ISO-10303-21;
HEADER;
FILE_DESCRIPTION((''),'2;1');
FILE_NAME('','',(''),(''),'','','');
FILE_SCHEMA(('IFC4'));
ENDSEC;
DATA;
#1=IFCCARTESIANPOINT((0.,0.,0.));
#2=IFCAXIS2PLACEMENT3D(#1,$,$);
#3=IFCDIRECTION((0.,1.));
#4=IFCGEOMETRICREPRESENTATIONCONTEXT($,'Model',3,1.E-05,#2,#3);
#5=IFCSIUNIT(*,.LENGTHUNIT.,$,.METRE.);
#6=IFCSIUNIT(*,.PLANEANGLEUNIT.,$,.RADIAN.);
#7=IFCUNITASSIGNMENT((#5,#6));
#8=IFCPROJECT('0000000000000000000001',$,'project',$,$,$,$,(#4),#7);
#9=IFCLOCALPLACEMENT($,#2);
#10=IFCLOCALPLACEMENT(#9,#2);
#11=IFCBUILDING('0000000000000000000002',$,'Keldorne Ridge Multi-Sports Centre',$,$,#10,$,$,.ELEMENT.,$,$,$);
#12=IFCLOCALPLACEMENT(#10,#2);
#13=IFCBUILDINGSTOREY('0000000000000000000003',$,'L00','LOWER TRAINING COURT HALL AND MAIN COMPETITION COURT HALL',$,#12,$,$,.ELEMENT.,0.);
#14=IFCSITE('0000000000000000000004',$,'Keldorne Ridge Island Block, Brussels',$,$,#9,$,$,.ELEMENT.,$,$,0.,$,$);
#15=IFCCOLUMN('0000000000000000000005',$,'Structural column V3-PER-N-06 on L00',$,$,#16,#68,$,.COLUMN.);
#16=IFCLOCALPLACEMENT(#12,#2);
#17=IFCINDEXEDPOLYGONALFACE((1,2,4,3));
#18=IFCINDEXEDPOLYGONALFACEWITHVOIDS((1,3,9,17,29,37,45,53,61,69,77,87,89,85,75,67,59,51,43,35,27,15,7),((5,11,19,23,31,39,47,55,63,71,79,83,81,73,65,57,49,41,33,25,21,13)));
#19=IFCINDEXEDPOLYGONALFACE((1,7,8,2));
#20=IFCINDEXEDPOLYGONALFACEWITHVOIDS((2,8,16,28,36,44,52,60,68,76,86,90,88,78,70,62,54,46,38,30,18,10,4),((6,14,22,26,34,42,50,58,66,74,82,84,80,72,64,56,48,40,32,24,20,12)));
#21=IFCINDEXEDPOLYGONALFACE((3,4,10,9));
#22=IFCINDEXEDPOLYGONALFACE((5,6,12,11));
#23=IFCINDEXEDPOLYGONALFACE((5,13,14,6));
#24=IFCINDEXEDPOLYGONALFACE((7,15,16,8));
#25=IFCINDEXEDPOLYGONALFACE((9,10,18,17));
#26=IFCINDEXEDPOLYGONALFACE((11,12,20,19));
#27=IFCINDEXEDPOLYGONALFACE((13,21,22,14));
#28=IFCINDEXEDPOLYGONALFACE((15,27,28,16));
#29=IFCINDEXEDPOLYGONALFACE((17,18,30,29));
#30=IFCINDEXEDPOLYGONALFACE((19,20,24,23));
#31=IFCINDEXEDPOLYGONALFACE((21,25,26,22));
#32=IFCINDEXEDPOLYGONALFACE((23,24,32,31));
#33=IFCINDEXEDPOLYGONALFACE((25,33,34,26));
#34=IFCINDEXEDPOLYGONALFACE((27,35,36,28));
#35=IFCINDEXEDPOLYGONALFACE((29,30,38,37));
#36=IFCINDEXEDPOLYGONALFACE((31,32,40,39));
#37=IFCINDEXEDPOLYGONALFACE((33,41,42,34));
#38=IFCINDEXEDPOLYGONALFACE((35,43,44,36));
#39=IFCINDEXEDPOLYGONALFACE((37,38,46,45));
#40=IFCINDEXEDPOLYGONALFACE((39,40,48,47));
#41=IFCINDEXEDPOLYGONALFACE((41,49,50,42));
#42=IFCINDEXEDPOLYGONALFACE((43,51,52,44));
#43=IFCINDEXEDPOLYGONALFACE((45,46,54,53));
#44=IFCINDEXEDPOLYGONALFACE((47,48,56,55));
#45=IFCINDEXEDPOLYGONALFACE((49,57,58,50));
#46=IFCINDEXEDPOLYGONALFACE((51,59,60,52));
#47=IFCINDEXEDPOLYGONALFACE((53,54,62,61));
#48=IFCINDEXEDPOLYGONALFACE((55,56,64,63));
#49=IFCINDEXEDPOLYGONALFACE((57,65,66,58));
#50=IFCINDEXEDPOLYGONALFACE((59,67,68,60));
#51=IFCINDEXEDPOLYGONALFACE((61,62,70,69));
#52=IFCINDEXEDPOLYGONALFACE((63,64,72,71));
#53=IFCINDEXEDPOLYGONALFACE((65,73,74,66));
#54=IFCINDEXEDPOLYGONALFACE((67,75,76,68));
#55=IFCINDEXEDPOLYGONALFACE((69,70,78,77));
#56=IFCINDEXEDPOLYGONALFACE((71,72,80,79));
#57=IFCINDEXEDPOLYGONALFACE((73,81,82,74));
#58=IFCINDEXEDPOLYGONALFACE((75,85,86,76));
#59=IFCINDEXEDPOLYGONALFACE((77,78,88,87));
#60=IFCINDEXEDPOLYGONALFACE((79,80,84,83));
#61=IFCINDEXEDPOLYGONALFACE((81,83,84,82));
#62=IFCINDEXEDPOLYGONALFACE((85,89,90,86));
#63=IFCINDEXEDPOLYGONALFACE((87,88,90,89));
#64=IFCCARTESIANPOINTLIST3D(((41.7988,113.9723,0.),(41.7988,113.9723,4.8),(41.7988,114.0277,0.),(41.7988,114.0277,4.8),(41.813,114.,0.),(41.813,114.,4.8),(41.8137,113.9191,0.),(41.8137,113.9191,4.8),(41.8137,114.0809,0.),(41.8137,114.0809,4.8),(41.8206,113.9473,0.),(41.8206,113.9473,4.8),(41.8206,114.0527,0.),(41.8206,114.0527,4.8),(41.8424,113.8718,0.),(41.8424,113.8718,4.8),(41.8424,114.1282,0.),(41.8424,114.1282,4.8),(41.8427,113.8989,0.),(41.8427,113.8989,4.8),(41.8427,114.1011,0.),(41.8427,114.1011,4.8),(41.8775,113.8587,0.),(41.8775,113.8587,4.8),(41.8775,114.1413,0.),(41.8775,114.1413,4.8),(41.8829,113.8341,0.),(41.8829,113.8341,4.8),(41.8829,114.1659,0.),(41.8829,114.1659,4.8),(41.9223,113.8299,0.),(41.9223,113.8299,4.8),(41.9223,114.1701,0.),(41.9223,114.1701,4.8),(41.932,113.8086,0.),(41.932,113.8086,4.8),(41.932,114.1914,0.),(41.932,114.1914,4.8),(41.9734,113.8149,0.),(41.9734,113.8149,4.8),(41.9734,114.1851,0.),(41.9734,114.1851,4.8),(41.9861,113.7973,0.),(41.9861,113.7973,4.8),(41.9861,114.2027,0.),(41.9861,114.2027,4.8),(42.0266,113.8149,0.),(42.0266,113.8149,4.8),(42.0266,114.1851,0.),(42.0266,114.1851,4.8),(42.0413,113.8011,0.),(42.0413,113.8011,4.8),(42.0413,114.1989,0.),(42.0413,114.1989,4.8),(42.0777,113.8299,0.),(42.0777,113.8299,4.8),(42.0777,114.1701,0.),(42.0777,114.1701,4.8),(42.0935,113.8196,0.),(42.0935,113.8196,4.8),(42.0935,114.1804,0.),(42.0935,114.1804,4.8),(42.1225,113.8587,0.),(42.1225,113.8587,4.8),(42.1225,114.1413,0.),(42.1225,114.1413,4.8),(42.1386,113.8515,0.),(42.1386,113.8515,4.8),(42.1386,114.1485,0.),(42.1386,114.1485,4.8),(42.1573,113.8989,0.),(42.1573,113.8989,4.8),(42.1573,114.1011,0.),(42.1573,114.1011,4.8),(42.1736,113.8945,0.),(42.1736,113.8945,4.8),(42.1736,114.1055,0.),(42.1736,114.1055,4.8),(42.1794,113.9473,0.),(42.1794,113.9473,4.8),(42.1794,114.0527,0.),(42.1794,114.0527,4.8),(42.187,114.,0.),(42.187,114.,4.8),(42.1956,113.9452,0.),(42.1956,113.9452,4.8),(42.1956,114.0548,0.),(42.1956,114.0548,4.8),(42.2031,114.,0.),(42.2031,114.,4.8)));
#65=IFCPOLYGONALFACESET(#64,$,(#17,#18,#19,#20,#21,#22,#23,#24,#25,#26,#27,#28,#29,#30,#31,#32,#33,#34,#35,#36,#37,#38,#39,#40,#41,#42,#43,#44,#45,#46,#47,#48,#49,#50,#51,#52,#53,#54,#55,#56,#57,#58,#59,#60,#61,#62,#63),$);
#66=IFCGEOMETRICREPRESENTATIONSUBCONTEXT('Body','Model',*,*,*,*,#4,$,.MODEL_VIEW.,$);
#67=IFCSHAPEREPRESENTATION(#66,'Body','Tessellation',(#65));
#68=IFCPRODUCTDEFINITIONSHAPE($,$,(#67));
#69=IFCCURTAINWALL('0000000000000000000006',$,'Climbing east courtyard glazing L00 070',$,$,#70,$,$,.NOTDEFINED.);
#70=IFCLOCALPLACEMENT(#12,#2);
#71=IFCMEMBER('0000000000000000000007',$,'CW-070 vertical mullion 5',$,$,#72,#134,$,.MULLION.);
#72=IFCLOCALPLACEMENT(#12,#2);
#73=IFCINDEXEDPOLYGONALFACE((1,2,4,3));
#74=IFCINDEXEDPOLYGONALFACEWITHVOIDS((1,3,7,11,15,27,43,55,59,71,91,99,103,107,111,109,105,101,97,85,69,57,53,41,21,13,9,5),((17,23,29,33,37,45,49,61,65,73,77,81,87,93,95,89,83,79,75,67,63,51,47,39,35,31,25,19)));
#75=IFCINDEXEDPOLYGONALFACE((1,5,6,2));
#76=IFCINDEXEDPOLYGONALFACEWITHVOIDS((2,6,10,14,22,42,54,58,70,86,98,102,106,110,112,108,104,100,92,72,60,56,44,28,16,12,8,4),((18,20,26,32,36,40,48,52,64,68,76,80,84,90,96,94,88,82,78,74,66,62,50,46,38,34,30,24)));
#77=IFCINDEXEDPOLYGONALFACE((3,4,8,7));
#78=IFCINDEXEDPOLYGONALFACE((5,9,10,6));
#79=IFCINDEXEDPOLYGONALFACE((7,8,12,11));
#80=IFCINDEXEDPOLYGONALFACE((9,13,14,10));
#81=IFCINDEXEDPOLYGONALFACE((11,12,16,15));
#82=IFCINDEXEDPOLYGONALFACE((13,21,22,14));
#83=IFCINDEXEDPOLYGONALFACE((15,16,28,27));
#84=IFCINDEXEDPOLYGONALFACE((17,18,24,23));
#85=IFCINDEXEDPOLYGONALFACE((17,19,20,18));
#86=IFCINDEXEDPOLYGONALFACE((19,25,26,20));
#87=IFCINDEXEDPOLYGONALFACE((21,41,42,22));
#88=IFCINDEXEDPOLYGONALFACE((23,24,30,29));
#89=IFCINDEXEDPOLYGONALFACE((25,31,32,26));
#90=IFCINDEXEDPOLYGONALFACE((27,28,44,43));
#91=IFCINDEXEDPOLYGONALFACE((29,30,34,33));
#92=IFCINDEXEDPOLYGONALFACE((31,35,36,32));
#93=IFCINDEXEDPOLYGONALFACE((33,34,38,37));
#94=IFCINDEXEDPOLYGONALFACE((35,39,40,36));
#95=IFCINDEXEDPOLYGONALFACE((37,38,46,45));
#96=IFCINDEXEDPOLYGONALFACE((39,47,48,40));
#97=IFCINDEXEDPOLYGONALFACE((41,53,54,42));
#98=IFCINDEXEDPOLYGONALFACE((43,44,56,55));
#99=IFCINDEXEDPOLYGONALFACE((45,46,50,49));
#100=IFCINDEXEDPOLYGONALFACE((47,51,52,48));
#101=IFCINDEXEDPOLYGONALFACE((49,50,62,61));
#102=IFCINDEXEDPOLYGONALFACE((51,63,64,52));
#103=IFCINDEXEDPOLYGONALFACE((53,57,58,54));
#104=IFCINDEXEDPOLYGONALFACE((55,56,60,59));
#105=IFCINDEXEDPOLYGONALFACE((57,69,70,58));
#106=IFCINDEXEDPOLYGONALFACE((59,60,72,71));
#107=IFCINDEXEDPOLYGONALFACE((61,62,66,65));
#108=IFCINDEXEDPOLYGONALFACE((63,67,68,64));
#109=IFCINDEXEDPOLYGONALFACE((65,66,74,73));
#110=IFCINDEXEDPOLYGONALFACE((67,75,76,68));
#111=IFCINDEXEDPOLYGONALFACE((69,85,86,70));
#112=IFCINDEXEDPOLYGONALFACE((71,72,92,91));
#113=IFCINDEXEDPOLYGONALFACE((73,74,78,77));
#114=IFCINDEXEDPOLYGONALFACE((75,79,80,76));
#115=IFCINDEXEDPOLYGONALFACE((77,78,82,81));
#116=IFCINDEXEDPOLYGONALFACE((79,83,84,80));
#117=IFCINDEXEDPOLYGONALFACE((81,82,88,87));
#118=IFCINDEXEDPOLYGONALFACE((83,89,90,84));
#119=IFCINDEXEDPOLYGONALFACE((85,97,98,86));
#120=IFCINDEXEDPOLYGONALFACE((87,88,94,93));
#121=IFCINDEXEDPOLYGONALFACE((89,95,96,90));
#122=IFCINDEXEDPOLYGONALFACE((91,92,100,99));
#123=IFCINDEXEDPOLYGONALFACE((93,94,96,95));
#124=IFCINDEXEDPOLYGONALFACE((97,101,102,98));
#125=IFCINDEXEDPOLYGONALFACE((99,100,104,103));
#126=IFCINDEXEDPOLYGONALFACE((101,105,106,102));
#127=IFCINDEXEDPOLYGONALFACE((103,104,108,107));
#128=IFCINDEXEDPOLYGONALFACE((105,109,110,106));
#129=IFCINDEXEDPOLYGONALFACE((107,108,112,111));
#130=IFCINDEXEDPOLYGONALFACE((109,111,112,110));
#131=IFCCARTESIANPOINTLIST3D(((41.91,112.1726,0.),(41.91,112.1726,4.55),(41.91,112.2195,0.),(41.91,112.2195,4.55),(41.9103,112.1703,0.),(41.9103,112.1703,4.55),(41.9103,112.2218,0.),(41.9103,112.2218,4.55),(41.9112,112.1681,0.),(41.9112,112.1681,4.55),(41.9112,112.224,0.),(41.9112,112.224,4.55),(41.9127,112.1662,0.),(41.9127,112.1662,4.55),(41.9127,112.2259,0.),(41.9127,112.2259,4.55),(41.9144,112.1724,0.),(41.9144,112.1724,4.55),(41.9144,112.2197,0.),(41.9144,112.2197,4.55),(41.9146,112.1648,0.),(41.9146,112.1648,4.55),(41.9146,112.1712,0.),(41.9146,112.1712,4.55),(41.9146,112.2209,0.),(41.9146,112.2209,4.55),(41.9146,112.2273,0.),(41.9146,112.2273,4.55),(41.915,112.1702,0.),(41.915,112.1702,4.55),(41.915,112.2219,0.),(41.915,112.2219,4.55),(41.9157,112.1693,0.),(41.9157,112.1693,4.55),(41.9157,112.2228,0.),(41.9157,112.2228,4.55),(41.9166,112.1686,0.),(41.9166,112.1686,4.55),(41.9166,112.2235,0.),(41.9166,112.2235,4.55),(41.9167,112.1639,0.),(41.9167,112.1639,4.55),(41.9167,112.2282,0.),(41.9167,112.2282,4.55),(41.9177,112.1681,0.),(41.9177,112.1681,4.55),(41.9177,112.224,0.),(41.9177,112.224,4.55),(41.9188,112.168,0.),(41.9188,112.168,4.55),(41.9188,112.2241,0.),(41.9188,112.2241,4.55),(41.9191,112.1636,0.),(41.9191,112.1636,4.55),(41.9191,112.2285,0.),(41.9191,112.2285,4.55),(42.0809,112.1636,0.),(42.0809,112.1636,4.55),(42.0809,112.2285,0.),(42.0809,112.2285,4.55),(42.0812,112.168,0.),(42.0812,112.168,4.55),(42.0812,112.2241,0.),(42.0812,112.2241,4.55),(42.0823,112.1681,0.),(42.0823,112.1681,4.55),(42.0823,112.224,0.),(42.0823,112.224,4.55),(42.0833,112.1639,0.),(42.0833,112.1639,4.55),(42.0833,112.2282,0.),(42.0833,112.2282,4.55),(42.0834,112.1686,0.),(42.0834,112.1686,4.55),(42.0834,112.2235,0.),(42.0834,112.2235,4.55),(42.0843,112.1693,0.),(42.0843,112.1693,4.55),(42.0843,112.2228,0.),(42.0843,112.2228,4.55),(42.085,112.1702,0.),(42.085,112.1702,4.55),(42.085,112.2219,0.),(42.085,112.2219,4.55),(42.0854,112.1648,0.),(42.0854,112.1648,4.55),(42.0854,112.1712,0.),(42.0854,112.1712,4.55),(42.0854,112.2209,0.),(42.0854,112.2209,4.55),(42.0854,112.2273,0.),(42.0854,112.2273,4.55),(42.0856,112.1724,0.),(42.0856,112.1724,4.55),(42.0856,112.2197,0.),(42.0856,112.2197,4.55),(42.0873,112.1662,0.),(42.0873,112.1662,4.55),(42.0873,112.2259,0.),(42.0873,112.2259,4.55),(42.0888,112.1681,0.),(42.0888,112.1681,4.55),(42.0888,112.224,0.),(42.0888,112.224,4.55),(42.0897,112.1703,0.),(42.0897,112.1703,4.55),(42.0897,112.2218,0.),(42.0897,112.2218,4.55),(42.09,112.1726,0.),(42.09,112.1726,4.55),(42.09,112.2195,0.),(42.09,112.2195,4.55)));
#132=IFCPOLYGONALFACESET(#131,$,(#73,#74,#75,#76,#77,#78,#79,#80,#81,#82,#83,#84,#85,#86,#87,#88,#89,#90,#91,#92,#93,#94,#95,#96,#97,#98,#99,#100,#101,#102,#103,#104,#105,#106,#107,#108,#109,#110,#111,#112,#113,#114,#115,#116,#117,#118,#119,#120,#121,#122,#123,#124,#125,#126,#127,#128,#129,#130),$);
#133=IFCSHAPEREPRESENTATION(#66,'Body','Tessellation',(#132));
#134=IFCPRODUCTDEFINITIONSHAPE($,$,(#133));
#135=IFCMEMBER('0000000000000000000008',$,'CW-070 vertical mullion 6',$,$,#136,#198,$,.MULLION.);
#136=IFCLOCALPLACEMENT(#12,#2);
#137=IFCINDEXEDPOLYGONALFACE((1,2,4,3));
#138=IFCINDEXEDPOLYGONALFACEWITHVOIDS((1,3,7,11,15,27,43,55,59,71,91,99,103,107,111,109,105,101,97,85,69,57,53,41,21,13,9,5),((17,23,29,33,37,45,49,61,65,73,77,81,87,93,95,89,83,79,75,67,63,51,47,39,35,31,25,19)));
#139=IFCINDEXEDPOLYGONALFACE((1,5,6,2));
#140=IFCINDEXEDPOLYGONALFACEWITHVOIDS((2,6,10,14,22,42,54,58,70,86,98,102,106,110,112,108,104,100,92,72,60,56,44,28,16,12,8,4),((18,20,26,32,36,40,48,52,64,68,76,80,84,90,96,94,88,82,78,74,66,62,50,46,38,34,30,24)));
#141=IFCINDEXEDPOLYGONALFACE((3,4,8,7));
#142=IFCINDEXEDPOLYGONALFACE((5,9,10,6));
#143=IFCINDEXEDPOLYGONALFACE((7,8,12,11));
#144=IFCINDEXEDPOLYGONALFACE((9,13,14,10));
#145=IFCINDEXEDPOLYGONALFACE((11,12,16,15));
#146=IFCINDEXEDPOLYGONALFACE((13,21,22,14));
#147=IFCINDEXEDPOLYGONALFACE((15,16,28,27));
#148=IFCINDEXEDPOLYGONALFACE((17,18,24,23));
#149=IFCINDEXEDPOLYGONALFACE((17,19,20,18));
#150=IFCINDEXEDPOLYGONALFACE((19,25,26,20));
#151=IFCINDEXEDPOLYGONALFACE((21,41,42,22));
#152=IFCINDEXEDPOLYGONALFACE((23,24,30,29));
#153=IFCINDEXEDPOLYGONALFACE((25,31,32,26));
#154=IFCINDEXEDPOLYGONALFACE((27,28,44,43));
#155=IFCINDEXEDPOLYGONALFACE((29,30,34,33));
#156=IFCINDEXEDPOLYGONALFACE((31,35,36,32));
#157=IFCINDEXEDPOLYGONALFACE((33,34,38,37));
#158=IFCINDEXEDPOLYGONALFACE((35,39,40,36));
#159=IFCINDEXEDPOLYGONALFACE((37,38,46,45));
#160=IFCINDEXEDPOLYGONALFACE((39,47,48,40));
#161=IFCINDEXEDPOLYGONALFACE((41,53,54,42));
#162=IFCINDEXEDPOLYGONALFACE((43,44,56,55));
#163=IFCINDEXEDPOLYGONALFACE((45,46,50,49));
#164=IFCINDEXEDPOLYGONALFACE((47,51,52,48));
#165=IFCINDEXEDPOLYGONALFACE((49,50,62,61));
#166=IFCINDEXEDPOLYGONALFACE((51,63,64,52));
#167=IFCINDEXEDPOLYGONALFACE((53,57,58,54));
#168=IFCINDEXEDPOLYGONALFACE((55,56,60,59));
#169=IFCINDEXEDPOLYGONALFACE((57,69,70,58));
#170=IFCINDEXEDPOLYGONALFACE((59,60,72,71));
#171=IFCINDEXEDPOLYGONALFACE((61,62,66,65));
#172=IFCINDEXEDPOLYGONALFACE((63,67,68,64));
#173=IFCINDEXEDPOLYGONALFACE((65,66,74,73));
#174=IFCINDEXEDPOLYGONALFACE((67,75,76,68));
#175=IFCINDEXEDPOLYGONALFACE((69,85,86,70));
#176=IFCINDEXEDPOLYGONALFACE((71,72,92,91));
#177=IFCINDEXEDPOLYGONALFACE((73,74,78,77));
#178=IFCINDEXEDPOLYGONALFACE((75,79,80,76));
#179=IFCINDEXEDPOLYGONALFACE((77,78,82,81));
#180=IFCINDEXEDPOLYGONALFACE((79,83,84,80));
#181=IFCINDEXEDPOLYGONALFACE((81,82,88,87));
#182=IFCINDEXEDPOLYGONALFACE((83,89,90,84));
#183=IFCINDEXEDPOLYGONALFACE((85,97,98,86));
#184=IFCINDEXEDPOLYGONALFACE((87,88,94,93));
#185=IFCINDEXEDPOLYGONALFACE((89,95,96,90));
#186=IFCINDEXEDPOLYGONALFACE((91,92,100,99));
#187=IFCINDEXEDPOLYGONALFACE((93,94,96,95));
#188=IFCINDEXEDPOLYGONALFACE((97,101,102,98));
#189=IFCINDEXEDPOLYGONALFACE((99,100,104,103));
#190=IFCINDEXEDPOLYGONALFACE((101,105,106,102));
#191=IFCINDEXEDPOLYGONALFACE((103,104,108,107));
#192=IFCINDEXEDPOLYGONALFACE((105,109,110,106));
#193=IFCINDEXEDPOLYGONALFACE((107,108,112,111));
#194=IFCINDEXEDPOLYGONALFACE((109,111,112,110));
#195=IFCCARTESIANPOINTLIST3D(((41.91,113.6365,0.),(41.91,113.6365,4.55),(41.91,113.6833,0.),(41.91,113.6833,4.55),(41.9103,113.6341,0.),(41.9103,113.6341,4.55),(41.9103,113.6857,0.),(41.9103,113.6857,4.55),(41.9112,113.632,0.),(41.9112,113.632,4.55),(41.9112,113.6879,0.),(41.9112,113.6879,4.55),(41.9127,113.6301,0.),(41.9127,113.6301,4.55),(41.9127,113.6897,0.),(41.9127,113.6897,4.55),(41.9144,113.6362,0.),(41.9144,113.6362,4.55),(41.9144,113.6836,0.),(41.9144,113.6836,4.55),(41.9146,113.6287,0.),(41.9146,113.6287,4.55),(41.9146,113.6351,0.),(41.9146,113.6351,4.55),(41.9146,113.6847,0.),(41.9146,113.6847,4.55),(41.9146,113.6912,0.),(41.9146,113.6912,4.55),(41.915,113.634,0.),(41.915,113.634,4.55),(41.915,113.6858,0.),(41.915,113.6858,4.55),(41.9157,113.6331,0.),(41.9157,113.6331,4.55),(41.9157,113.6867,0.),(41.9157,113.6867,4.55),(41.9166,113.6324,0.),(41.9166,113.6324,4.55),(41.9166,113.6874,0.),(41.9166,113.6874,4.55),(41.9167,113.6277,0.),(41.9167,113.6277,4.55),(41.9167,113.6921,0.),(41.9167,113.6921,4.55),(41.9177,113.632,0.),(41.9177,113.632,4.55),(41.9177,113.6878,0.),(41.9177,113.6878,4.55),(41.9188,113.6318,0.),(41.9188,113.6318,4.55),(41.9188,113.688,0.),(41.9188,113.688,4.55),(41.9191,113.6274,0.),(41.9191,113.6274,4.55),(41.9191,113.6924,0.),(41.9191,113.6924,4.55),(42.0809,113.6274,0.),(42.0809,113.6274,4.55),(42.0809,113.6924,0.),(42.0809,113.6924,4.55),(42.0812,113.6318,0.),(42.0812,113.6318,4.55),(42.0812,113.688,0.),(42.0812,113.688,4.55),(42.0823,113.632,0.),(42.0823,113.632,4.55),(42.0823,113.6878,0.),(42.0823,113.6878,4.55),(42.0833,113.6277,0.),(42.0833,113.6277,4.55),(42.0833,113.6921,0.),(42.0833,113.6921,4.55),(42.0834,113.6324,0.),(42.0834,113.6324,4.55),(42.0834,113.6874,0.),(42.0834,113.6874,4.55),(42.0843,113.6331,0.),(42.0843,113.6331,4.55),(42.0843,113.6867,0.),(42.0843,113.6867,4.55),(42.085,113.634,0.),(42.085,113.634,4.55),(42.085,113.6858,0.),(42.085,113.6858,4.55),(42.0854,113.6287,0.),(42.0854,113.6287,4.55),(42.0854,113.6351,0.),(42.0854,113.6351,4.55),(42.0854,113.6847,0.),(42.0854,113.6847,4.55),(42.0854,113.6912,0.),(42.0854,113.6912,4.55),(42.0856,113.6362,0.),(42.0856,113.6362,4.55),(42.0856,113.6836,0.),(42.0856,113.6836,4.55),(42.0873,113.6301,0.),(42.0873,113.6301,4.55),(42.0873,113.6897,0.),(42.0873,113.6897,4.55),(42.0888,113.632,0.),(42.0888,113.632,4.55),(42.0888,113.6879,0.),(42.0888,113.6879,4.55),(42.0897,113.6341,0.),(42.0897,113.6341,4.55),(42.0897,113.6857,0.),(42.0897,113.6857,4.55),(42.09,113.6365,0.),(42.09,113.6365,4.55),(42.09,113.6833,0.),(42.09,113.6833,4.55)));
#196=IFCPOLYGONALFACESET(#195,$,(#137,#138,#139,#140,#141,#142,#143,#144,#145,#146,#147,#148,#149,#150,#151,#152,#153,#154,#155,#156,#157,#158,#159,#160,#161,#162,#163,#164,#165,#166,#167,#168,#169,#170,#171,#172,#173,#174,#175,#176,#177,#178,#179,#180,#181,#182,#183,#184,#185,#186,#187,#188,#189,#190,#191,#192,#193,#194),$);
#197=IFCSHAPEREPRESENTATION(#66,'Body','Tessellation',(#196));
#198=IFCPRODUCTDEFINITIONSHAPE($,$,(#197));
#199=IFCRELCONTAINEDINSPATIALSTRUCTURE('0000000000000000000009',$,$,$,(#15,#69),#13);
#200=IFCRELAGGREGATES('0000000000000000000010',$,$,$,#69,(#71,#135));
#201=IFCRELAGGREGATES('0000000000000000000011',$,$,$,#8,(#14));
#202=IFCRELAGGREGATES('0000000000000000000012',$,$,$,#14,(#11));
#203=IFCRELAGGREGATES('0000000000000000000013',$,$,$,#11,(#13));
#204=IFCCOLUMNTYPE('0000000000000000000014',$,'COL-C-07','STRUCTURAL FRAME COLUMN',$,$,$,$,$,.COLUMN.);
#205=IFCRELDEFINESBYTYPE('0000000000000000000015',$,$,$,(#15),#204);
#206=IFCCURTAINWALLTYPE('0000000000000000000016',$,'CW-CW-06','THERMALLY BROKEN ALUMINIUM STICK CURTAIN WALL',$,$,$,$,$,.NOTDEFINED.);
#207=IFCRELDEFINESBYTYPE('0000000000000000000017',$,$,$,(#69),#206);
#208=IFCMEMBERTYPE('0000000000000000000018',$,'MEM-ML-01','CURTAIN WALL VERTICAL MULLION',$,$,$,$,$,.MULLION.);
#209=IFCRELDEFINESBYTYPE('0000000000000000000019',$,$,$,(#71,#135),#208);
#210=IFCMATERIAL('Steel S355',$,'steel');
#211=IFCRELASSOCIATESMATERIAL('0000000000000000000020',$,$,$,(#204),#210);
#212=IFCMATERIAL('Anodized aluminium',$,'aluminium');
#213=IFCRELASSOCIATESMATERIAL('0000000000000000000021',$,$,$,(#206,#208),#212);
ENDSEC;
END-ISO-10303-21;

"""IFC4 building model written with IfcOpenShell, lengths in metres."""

from ifc_helpers import new_model, si_unit, direction, frame, origin, origin_2d, place, context, subcontext, project, spatial, hollow_rectangle, hollow_circle, extrude, material, material_profile, profile_set, type_object, element, aggregate, save


model = new_model("IFC4")

# Units and contexts
model_context = context("Model", 3, precision=1e-05, world=origin(), true_north=direction((0.0, 1.0)))
body_context = subcontext(model_context, "Body", "Model", "MODEL_VIEW")
ifc_project = project(units=[si_unit("LENGTHUNIT", "METRE"), si_unit("PLANEANGLEUNIT", "RADIAN")], contexts=[model_context])

# Site, building, storey
site_placement = place(None, origin())
site = spatial("IfcSite", under=ifc_project, at=site_placement, Name="Keldorne Ridge Island Block, Brussels", CompositionType="ELEMENT", RefElevation=0.0)
building_placement = place(site_placement, origin())
building = spatial("IfcBuilding", under=site, at=building_placement, Name="Keldorne Ridge Multi-Sports Centre", CompositionType="ELEMENT")
storey_placement = place(building_placement, origin())
storey = spatial("IfcBuildingStorey", under=building, at=storey_placement, Name="L00", Description="LOWER TRAINING COURT HALL AND MAIN COMPETITION COURT HALL", CompositionType="ELEMENT", Elevation=0.0)

# Column
ifc_material_1 = material(Name="Steel S355", Category="steel")
ifc_material_profile_1 = material_profile(ifc_material_1, hollow_circle(Radius=0.2031, WallThickness=0.0161, at=origin_2d()), Name="CHS 406.4x16")
ifc_profile_set_1 = profile_set([ifc_material_profile_1], Name="Steel S355")
column_type = type_object("IfcColumnType", Name="COL-C-07", Description="STRUCTURAL FRAME COLUMN", PredefinedType="COLUMN", material=ifc_profile_set_1)
column_placement = place(storey_placement, frame((42.0, 114.0, 0.0), z_axis=(0.0, 0.0, 1.0), x_axis=(1.0, 0.0, 0.0)))
element("IfcColumn", 1, at=column_placement, inside=storey, type_object=column_type, Name="Structural column V3-PER-N-06 on L00", PredefinedType="COLUMN", context=body_context, shape_type="SweptSolid", body=[
    extrude(hollow_circle(Radius=0.2031, WallThickness=0.0161, at=origin_2d()), origin(), (0.0, 0.0, 1.0), 4.8),
])

# Curtain wall, members
ifc_material_2 = material(Name="Anodized aluminium", Category="aluminium")
curtain_wall_type_1 = type_object("IfcCurtainWallType", Name="CW-CW-06", Description="THERMALLY BROKEN ALUMINIUM STICK CURTAIN WALL", PredefinedType="NOTDEFINED", material=ifc_material_2)
curtain_wall_1_placement = place(storey_placement, origin())
curtain_wall_1 = element("IfcCurtainWall", 2, at=curtain_wall_1_placement, inside=storey, type_object=curtain_wall_type_1, Name="Climbing east courtyard glazing L00 070", PredefinedType="NOTDEFINED")
ifc_material_profile_2 = material_profile(ifc_material_2, hollow_rectangle(XDim=0.0649, YDim=0.1799, WallThickness=0.0044, InnerFilletRadius=0.0044, OuterFilletRadius=0.009, at=origin_2d()), Name="ALU MULLION 180x65x4.5")
ifc_profile_set_2 = profile_set([ifc_material_profile_2], Name="Anodized aluminium")
member_type_1 = type_object("IfcMemberType", Name="MEM-ML-01", Description="CURTAIN WALL VERTICAL MULLION", PredefinedType="MULLION", material=ifc_profile_set_2)
member_1_placement = place(storey_placement, frame((42.0, 112.196, 0.0), z_axis=(0.0, 0.0, 1.0), x_axis=(0.0, 1.0, 0.0)))
member_1 = element("IfcMember", 3, at=member_1_placement, type_object=member_type_1, Name="CW-070 vertical mullion 5", PredefinedType="MULLION", context=body_context, shape_type="SweptSolid", body=[
    extrude(hollow_rectangle(XDim=0.0649, YDim=0.1799, WallThickness=0.0044, InnerFilletRadius=0.0044, OuterFilletRadius=0.009, at=origin_2d()), origin(), (0.0, 0.0, 1.0), 4.55),
])
member_2_placement = place(storey_placement, frame((42.0, 113.6599, 0.0), z_axis=(0.0, 0.0, 1.0), x_axis=(0.0, 1.0, 0.0)))
member_2 = element("IfcMember", 4, at=member_2_placement, type_object=member_type_1, Name="CW-070 vertical mullion 6", PredefinedType="MULLION", context=body_context, shape_type="SweptSolid", body=[
    extrude(hollow_rectangle(XDim=0.0649, YDim=0.1799, WallThickness=0.0044, InnerFilletRadius=0.0044, OuterFilletRadius=0.009, at=origin_2d()), origin(), (0.0, 0.0, 1.0), 4.55),
])

aggregate(curtain_wall_1, [member_1, member_2])

save(model, "model.ifc")
